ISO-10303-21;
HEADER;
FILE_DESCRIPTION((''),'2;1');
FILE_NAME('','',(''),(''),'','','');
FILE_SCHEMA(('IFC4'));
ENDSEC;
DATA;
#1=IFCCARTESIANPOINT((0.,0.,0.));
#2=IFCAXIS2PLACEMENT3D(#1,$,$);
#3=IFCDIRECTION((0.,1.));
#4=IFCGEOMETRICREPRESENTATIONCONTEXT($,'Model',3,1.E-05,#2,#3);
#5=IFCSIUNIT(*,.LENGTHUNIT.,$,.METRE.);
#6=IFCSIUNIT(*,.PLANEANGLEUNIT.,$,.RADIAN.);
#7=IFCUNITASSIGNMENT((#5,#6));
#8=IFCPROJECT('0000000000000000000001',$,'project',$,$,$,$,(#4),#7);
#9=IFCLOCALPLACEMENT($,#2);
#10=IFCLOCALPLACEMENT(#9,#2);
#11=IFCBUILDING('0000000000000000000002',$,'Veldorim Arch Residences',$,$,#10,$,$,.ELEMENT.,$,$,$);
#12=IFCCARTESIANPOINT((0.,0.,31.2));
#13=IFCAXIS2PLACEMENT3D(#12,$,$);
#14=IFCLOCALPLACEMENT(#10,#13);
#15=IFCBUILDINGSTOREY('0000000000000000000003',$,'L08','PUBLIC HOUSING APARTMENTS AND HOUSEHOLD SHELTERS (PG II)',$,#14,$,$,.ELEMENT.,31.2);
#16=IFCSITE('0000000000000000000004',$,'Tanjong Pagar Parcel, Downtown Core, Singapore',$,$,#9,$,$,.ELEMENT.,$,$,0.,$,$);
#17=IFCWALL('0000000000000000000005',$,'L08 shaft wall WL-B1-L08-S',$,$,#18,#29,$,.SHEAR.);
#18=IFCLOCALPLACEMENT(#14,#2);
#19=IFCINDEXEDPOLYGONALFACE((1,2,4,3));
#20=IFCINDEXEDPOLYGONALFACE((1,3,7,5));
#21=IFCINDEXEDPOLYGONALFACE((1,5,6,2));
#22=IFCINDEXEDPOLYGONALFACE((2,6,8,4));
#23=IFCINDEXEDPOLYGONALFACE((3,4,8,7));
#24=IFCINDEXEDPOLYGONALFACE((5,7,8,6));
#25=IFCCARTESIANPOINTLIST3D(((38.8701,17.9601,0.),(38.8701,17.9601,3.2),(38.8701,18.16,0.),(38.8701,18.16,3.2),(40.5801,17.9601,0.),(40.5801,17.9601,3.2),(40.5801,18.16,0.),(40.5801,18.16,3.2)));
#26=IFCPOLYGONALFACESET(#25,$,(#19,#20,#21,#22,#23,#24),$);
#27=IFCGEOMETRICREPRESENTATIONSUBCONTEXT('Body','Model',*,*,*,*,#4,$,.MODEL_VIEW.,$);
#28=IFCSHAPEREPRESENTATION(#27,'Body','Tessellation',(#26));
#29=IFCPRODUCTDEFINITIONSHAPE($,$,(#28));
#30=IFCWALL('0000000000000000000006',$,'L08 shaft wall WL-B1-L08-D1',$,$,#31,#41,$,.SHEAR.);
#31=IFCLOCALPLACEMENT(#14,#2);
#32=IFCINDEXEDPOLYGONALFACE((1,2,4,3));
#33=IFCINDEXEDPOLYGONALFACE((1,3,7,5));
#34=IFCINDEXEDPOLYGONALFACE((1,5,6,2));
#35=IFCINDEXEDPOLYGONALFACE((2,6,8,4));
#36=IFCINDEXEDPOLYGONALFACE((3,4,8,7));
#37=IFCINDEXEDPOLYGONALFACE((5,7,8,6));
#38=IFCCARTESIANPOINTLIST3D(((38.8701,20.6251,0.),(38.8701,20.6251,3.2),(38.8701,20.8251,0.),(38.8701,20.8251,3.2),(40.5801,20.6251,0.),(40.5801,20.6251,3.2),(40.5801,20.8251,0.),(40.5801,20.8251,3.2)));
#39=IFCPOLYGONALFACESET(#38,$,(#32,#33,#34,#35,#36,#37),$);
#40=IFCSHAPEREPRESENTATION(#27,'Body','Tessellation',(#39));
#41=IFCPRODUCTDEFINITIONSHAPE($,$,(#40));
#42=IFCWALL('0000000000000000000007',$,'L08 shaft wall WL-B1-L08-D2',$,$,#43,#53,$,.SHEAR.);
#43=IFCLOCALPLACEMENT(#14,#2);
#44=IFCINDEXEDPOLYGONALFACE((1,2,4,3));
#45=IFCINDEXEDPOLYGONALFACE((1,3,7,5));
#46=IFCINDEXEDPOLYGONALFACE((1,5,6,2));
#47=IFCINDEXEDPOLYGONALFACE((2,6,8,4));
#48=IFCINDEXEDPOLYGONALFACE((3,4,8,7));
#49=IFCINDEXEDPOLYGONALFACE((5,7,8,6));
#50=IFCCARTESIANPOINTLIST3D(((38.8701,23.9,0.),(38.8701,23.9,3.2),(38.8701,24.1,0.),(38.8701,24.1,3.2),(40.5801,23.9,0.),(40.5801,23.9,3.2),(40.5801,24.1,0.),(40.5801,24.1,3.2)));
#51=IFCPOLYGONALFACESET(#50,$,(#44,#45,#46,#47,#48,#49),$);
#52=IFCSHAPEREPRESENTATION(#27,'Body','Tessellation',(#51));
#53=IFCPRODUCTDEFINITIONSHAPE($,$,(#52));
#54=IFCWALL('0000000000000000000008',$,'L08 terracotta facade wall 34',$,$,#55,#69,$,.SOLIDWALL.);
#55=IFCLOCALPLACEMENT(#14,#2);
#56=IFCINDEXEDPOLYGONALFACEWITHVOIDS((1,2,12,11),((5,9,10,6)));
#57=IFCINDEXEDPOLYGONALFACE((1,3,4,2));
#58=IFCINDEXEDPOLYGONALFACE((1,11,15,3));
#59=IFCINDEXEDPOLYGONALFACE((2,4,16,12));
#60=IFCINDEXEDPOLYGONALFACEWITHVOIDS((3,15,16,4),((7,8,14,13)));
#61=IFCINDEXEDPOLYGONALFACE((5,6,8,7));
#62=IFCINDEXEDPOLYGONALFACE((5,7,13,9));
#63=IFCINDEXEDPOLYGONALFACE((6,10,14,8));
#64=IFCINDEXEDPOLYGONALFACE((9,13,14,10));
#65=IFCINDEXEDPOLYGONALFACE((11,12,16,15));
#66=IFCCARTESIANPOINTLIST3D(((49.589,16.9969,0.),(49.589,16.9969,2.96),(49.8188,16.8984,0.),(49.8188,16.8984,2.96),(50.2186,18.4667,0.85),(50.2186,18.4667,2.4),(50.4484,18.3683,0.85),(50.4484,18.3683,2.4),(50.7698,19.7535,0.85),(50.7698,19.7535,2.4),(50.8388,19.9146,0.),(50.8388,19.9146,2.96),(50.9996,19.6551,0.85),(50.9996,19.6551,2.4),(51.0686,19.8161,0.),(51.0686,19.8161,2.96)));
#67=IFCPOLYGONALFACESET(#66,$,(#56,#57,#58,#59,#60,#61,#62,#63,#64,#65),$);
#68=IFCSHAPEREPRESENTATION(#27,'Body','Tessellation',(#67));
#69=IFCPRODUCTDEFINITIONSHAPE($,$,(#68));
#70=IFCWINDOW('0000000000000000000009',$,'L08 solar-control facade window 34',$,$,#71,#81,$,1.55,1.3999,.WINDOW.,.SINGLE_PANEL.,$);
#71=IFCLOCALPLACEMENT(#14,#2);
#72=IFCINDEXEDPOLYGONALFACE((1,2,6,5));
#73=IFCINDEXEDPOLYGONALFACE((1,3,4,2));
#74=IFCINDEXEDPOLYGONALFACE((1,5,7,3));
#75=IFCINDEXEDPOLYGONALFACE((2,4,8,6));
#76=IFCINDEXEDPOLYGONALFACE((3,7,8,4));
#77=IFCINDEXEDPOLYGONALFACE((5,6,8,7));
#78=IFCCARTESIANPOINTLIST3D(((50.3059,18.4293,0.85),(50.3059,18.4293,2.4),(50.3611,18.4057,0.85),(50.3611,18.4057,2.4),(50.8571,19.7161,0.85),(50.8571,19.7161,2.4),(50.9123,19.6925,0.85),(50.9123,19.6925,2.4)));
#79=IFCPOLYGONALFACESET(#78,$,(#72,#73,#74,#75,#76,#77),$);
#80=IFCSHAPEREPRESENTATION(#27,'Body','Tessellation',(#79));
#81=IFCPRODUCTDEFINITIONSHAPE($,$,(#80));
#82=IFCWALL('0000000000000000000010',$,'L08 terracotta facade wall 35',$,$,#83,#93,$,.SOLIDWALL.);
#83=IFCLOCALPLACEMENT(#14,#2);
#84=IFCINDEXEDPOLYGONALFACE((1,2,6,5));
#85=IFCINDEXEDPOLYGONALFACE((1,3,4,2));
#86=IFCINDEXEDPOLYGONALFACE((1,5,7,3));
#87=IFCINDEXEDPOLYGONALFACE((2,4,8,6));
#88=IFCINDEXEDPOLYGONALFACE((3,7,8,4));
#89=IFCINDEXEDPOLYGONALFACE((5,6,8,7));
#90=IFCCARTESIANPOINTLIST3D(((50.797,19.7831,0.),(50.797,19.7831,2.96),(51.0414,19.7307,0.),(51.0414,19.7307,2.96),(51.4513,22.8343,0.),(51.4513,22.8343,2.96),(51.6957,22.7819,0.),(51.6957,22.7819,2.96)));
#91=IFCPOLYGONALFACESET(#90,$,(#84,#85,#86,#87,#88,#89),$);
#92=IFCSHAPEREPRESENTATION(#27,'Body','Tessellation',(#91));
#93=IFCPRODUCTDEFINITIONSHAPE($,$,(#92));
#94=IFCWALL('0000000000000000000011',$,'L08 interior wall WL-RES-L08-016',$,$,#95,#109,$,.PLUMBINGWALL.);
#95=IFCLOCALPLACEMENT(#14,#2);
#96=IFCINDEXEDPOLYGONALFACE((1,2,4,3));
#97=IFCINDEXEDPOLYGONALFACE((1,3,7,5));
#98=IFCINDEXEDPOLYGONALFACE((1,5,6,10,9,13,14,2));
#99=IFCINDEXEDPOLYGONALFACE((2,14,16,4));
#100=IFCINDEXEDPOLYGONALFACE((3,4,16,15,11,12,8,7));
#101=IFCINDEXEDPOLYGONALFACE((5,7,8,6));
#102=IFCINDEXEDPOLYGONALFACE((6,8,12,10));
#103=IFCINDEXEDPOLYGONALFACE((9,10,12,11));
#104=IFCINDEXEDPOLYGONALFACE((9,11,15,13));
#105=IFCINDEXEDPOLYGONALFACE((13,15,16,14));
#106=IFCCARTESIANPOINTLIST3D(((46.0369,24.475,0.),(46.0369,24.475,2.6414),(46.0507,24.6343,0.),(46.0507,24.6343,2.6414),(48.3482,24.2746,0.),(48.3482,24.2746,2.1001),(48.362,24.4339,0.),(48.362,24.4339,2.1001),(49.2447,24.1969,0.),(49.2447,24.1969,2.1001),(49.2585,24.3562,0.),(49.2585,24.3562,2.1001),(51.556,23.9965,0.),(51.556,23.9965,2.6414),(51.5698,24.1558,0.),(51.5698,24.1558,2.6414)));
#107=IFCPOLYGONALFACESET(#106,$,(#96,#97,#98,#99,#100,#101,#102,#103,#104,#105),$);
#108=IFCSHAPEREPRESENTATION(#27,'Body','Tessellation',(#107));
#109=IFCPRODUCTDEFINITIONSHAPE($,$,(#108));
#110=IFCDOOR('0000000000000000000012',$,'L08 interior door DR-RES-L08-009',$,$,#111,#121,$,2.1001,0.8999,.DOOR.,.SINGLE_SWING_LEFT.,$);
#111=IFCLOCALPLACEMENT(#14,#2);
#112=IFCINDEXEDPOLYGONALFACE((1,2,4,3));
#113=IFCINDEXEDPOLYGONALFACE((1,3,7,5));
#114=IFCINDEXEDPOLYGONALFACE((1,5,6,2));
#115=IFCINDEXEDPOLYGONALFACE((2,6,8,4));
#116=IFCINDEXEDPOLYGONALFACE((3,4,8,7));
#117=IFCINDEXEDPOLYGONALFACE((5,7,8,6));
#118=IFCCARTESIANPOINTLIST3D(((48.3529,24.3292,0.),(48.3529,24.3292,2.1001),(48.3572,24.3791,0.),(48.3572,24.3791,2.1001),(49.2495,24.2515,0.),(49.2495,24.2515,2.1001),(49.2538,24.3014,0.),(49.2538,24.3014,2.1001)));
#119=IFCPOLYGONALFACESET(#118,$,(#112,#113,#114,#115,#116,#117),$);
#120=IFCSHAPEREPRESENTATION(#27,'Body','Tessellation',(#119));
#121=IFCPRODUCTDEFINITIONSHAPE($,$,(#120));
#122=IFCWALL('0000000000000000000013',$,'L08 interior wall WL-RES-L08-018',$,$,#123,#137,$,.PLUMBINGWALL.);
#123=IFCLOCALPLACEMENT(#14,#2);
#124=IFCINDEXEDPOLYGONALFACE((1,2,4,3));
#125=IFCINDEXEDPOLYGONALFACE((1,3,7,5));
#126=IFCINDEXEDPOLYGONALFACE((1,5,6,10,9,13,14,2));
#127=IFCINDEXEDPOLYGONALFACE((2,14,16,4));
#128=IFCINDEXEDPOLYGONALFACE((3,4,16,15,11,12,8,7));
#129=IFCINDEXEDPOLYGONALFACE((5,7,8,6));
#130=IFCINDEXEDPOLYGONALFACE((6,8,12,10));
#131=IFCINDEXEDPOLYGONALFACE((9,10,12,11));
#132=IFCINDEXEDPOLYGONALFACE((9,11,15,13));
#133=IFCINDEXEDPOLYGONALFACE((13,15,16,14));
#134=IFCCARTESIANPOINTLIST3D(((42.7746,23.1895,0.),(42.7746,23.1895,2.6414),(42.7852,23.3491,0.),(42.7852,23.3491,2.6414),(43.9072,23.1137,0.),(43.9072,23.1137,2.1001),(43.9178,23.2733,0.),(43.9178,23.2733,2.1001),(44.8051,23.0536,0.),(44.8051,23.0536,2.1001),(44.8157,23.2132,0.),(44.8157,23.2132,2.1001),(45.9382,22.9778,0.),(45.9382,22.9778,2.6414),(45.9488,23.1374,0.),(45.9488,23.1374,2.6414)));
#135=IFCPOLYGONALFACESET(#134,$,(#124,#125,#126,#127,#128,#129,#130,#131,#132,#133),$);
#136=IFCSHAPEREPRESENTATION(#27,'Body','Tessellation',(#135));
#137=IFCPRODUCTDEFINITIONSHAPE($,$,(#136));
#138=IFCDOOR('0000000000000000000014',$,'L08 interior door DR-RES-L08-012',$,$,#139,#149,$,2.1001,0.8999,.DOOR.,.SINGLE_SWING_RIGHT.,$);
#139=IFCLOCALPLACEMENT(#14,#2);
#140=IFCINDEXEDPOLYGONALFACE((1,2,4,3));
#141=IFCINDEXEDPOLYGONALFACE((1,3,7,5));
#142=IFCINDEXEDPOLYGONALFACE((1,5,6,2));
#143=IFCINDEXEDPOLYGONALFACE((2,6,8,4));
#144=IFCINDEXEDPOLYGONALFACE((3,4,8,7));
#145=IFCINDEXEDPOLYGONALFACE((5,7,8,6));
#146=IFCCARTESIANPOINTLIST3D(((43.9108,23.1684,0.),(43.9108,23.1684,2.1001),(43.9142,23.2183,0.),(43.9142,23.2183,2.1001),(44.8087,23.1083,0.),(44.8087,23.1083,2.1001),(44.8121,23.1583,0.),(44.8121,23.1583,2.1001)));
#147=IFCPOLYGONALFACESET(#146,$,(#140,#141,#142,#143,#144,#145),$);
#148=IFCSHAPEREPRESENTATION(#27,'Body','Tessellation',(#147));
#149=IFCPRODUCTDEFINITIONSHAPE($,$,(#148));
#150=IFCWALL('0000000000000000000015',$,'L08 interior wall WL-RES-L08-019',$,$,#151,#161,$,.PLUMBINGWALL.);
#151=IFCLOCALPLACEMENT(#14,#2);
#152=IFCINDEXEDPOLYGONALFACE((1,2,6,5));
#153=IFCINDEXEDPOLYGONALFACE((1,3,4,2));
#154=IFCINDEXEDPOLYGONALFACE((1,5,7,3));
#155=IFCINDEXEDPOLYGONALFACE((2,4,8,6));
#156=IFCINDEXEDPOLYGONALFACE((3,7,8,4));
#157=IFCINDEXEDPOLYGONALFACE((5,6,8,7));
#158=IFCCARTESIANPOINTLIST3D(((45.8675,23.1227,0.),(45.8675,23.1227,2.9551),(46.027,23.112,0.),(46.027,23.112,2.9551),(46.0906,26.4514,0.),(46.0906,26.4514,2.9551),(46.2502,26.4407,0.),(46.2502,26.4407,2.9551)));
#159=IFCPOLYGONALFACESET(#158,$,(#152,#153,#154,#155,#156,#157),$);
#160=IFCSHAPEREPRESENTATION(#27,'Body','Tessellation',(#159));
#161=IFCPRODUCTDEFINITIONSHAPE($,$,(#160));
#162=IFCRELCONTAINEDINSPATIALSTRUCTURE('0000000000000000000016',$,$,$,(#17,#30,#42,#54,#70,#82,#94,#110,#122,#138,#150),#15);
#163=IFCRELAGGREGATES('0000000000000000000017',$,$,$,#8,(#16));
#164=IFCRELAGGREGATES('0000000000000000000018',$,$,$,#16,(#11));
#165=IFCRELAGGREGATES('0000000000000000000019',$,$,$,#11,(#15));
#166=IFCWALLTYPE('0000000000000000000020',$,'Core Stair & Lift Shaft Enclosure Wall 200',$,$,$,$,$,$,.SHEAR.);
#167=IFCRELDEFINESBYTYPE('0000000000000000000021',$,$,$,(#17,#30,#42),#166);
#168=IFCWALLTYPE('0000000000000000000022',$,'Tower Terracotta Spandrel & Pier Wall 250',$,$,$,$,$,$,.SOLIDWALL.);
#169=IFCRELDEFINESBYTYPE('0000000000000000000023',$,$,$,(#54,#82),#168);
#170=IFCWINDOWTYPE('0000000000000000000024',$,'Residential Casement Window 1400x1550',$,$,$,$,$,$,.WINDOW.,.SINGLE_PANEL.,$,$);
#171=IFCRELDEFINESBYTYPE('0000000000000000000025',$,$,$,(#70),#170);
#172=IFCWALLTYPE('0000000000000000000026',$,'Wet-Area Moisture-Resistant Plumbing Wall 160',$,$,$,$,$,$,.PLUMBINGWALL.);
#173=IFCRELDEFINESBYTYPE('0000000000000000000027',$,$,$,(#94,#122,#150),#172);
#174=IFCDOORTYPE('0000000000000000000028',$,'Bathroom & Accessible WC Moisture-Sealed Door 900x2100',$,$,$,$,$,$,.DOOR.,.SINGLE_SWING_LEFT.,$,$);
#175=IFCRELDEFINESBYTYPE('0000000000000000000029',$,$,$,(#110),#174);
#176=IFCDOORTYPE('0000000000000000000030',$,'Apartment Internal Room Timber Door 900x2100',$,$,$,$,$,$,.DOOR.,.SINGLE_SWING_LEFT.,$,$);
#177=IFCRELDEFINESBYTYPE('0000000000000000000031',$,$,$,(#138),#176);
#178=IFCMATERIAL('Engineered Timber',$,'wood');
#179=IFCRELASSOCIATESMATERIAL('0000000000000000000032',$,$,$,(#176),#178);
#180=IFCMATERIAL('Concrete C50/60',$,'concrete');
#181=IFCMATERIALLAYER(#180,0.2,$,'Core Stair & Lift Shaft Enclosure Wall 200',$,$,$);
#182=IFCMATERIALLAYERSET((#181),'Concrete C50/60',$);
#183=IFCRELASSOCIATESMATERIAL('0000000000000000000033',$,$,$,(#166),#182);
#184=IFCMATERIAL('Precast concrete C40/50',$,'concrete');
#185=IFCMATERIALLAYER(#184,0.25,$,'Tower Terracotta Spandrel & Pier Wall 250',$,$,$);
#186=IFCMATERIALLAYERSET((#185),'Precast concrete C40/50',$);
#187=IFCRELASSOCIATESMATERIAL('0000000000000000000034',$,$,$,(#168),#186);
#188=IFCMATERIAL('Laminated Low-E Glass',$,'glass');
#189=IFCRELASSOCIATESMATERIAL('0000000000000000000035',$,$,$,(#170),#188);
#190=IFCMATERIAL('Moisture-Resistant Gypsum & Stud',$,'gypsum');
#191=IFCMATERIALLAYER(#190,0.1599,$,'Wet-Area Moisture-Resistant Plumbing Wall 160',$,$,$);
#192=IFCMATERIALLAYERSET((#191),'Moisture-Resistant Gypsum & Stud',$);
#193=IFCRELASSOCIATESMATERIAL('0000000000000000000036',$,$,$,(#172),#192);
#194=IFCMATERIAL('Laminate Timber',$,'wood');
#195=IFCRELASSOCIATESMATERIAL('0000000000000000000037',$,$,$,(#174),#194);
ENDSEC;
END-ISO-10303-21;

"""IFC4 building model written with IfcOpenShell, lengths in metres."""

from ifc_helpers import new_model, si_unit, direction, frame, frame_2d, origin, place, context, subcontext, project, spatial, rectangle, extrude, material, layer, layer_set, type_object, element, fill, save


model = new_model("IFC4")

# Units and contexts
model_context = context("Model", 3, precision=1e-05, world=origin(), true_north=direction((0.0, 1.0)))
body_context = subcontext(model_context, "Body", "Model", "MODEL_VIEW")
ifc_project = project(units=[si_unit("LENGTHUNIT", "METRE"), si_unit("PLANEANGLEUNIT", "RADIAN")], contexts=[model_context])

# Site, building, storey
site_placement = place(None, origin())
site = spatial("IfcSite", under=ifc_project, at=site_placement, Name="Tanjong Pagar Parcel, Downtown Core, Singapore", CompositionType="ELEMENT", RefElevation=0.0)
building_placement = place(site_placement, origin())
building = spatial("IfcBuilding", under=site, at=building_placement, Name="Veldorim Arch Residences", CompositionType="ELEMENT")
storey_placement = place(building_placement, frame((0.0, 0.0, 31.2)))
storey = spatial("IfcBuildingStorey", under=building, at=storey_placement, Name="L08", Description="PUBLIC HOUSING APARTMENTS AND HOUSEHOLD SHELTERS (PG II)", CompositionType="ELEMENT", Elevation=31.2)

# Shared definitions
ifc_material_1 = material(Name="Engineered Timber", Category="wood")
door_type_1 = type_object("IfcDoorType", Name="Apartment Internal Room Timber Door 900x2100", OperationType="SINGLE_SWING_LEFT", PredefinedType="DOOR", material=ifc_material_1)

# Walls
ifc_material_2 = material(Name="Concrete C50/60", Category="concrete")
ifc_layer_1 = layer(ifc_material_2, 0.2, Name="Core Stair & Lift Shaft Enclosure Wall 200")
ifc_layer_set_1 = layer_set([ifc_layer_1], Name="Concrete C50/60")
wall_type_1 = type_object("IfcWallType", Name="Core Stair & Lift Shaft Enclosure Wall 200", PredefinedType="SHEAR", material=ifc_layer_set_1)
for number, where, z_axis, x_axis, name in (
    (1, (38.8701, 18.0601, 0.0), (0.0, 0.0, 1.0), (1.0, 0.0, 0.0), "L08 shaft wall WL-B1-L08-S"),
    (2, (38.8701, 20.7251, 0.0), (0.0, 0.0, 1.0), (1.0, 0.0, 0.0), "L08 shaft wall WL-B1-L08-D1"),
    (3, (38.8701, 24.0, 0.0), (0.0, 0.0, 1.0), (1.0, 0.0, 0.0), "L08 shaft wall WL-B1-L08-D2"),
):
    element("IfcWall", number, at=place(storey_placement, frame(where, z_axis=z_axis, x_axis=x_axis)), inside=storey, type_object=wall_type_1, Name=name, PredefinedType="SHEAR", context=body_context, shape_type="SweptSolid", body=[
        extrude(rectangle(XDim=1.71, YDim=0.2, at=frame_2d((0.855, 0.0))), origin(), (0.0, 0.0, 1.0), 3.2),
    ])

# Wall, opening, window
ifc_material_3 = material(Name="Precast concrete C40/50", Category="concrete")
ifc_layer_2 = layer(ifc_material_3, 0.25, Name="Tower Terracotta Spandrel & Pier Wall 250")
ifc_layer_set_2 = layer_set([ifc_layer_2], Name="Precast concrete C40/50")
wall_type_2 = type_object("IfcWallType", Name="Tower Terracotta Spandrel & Pier Wall 250", PredefinedType="SOLIDWALL", material=ifc_layer_set_2)
wall_1_placement = place(storey_placement, frame((50.9536, 19.8652, 0.0), z_axis=(0.0, 0.0, 1.0), x_axis=(-0.393734, -0.919225, 0.0)))
wall_1 = element("IfcWall", 4, at=wall_1_placement, inside=storey, type_object=wall_type_2, Name="L08 terracotta facade wall 34", PredefinedType="SOLIDWALL", context=body_context, shape_type="SweptSolid", body=[
    extrude(rectangle(XDim=3.1741, YDim=0.25, at=frame_2d((1.5869, 0.0))), origin(), (0.0, 0.0, 1.0), 2.96),
])
opening_1_placement = place(wall_1_placement, frame((0.175, 0.0, 0.8501)))
opening_1 = element("IfcOpeningElement", 5, at=opening_1_placement, cuts=wall_1, PredefinedType="OPENING", context=body_context, shape_type="SweptSolid", body=[
    extrude(rectangle(XDim=1.3999, YDim=1.55, at=frame_2d((0.7, 0.7749))), frame((0.0, 0.135, 0.0), z_axis=(0.0, -1.0, 0.0), x_axis=(1.0, 0.0, 0.0)), (0.0, 0.0, 1.0), 0.27),
])
ifc_material_4 = material(Name="Laminated Low-E Glass", Category="glass")
window_type = type_object("IfcWindowType", Name="Residential Casement Window 1400x1550", PartitioningType="SINGLE_PANEL", PredefinedType="WINDOW", material=ifc_material_4)
window_placement = place(opening_1_placement, origin())
window = element("IfcWindow", 6, at=window_placement, inside=storey, type_object=window_type, Name="L08 solar-control facade window 34", OverallHeight=1.55, OverallWidth=1.3999, PartitioningType="SINGLE_PANEL", PredefinedType="WINDOW", context=body_context, shape_type="SweptSolid", body=[
    extrude(rectangle(XDim=1.3999, YDim=1.55, at=frame_2d((0.7, 0.7749))), frame((0.0, 0.03, 0.0), z_axis=(0.0, -1.0, 0.0), x_axis=(1.0, 0.0, 0.0)), (0.0, 0.0, 1.0), 0.0601),
])
fill(opening_1, window)

# Wall
wall_2_placement = place(storey_placement, frame((51.5735, 22.8081, 0.0), z_axis=(0.0, 0.0, 1.0), x_axis=(-0.209668, -0.977773, 0.0)))
element("IfcWall", 7, at=wall_2_placement, inside=storey, type_object=wall_type_2, Name="L08 terracotta facade wall 35", PredefinedType="SOLIDWALL", context=body_context, shape_type="SweptSolid", body=[
    extrude(rectangle(XDim=3.1206, YDim=0.25, at=frame_2d((1.5603, 0.0))), origin(), (0.0, 0.0, 1.0), 2.96),
])

# Walls, openings, doors
ifc_material_5 = material(Name="Moisture-Resistant Gypsum & Stud", Category="gypsum")
ifc_layer_3 = layer(ifc_material_5, 0.1599, Name="Wet-Area Moisture-Resistant Plumbing Wall 160")
ifc_layer_set_3 = layer_set([ifc_layer_3], Name="Moisture-Resistant Gypsum & Stud")
wall_type_3 = type_object("IfcWallType", Name="Wet-Area Moisture-Resistant Plumbing Wall 160", PredefinedType="PLUMBINGWALL", material=ifc_layer_set_3)
wall_3_placement = place(storey_placement, frame((46.0437, 24.5547, 0.0), z_axis=(0.0, 0.0, 1.0), x_axis=(0.996262, -0.086379, 0.0)))
wall_3 = element("IfcWall", 8, at=wall_3_placement, inside=storey, type_object=wall_type_3, Name="L08 interior wall WL-RES-L08-016", PredefinedType="PLUMBINGWALL", context=body_context, shape_type="SweptSolid", body=[
    extrude(rectangle(XDim=5.5398, YDim=0.1599, at=frame_2d((2.77, 0.0))), origin(), (0.0, 0.0, 1.0), 2.6414),
])
opening_2_placement = place(wall_3_placement, frame((2.3201, 0.0, 0.0)))
opening_2 = element("IfcOpeningElement", 9, at=opening_2_placement, cuts=wall_3, PredefinedType="OPENING", context=body_context, shape_type="SweptSolid", body=[
    extrude(rectangle(XDim=0.8999, YDim=2.1001, at=frame_2d((0.45, 1.05))), frame((0.0, 0.0898, 0.0), z_axis=(0.0, -1.0, 0.0), x_axis=(1.0, 0.0, 0.0)), (0.0, 0.0, 1.0), 0.1799),
])
ifc_material_6 = material(Name="Laminate Timber", Category="wood")
door_type_2 = type_object("IfcDoorType", Name="Bathroom & Accessible WC Moisture-Sealed Door 900x2100", OperationType="SINGLE_SWING_LEFT", PredefinedType="DOOR", material=ifc_material_6)
door_1_placement = place(opening_2_placement, origin())
door_1 = element("IfcDoor", 10, at=door_1_placement, inside=storey, type_object=door_type_2, Name="L08 interior door DR-RES-L08-009", OperationType="SINGLE_SWING_LEFT", OverallHeight=2.1001, OverallWidth=0.8999, PredefinedType="DOOR", context=body_context, shape_type="SweptSolid", body=[
    extrude(rectangle(XDim=0.8999, YDim=2.1001, at=frame_2d((0.45, 1.05))), frame((0.0, 0.0249, 0.0), z_axis=(0.0, -1.0, 0.0), x_axis=(1.0, 0.0, 0.0)), (0.0, 0.0, 1.0), 0.05),
])
fill(opening_2, door_1)
wall_4_placement = place(storey_placement, frame((42.7798, 23.2693, 0.0), z_axis=(0.0, 0.0, 1.0), x_axis=(0.997769, -0.066759, 0.0)))
wall_4 = element("IfcWall", 11, at=wall_4_placement, inside=storey, type_object=wall_type_3, Name="L08 interior wall WL-RES-L08-018", PredefinedType="PLUMBINGWALL", context=body_context, shape_type="SweptSolid", body=[
    extrude(rectangle(XDim=3.1707, YDim=0.1599, at=frame_2d((1.5854, 0.0))), origin(), (0.0, 0.0, 1.0), 2.6414),
])
opening_3_placement = place(wall_4_placement, frame((1.1353, 0.0, 0.0)))
opening_3 = element("IfcOpeningElement", 12, at=opening_3_placement, cuts=wall_4, PredefinedType="OPENING", context=body_context, shape_type="SweptSolid", body=[
    extrude(rectangle(XDim=0.8999, YDim=2.1001, at=frame_2d((0.45, 1.05))), frame((0.0, 0.0898, 0.0), z_axis=(0.0, -1.0, 0.0), x_axis=(1.0, 0.0, 0.0)), (0.0, 0.0, 1.0), 0.1799),
])
door_2_placement = place(opening_3_placement, origin())
door_2 = element("IfcDoor", 13, at=door_2_placement, inside=storey, type_object=door_type_1, Name="L08 interior door DR-RES-L08-012", OperationType="SINGLE_SWING_RIGHT", OverallHeight=2.1001, OverallWidth=0.8999, PredefinedType="DOOR", context=body_context, shape_type="SweptSolid", body=[
    extrude(rectangle(XDim=0.8999, YDim=2.1001, at=frame_2d((0.45, 1.05))), frame((0.0, 0.0249, 0.0), z_axis=(0.0, -1.0, 0.0), x_axis=(1.0, 0.0, 0.0)), (0.0, 0.0, 1.0), 0.05),
])
fill(opening_3, door_2)

# Wall
wall_5_placement = place(storey_placement, frame((45.9473, 23.1174, 0.0), z_axis=(0.0, 0.0, 1.0), x_axis=(0.066888, 0.99776, 0.0)))
element("IfcWall", 14, at=wall_5_placement, inside=storey, type_object=wall_type_3, Name="L08 interior wall WL-RES-L08-019", PredefinedType="PLUMBINGWALL", context=body_context, shape_type="SweptSolid", body=[
    extrude(rectangle(XDim=3.3362, YDim=0.1599, at=frame_2d((1.668, 0.0))), origin(), (0.0, 0.0, 1.0), 2.9551),
])

save(model, "model.ifc")
